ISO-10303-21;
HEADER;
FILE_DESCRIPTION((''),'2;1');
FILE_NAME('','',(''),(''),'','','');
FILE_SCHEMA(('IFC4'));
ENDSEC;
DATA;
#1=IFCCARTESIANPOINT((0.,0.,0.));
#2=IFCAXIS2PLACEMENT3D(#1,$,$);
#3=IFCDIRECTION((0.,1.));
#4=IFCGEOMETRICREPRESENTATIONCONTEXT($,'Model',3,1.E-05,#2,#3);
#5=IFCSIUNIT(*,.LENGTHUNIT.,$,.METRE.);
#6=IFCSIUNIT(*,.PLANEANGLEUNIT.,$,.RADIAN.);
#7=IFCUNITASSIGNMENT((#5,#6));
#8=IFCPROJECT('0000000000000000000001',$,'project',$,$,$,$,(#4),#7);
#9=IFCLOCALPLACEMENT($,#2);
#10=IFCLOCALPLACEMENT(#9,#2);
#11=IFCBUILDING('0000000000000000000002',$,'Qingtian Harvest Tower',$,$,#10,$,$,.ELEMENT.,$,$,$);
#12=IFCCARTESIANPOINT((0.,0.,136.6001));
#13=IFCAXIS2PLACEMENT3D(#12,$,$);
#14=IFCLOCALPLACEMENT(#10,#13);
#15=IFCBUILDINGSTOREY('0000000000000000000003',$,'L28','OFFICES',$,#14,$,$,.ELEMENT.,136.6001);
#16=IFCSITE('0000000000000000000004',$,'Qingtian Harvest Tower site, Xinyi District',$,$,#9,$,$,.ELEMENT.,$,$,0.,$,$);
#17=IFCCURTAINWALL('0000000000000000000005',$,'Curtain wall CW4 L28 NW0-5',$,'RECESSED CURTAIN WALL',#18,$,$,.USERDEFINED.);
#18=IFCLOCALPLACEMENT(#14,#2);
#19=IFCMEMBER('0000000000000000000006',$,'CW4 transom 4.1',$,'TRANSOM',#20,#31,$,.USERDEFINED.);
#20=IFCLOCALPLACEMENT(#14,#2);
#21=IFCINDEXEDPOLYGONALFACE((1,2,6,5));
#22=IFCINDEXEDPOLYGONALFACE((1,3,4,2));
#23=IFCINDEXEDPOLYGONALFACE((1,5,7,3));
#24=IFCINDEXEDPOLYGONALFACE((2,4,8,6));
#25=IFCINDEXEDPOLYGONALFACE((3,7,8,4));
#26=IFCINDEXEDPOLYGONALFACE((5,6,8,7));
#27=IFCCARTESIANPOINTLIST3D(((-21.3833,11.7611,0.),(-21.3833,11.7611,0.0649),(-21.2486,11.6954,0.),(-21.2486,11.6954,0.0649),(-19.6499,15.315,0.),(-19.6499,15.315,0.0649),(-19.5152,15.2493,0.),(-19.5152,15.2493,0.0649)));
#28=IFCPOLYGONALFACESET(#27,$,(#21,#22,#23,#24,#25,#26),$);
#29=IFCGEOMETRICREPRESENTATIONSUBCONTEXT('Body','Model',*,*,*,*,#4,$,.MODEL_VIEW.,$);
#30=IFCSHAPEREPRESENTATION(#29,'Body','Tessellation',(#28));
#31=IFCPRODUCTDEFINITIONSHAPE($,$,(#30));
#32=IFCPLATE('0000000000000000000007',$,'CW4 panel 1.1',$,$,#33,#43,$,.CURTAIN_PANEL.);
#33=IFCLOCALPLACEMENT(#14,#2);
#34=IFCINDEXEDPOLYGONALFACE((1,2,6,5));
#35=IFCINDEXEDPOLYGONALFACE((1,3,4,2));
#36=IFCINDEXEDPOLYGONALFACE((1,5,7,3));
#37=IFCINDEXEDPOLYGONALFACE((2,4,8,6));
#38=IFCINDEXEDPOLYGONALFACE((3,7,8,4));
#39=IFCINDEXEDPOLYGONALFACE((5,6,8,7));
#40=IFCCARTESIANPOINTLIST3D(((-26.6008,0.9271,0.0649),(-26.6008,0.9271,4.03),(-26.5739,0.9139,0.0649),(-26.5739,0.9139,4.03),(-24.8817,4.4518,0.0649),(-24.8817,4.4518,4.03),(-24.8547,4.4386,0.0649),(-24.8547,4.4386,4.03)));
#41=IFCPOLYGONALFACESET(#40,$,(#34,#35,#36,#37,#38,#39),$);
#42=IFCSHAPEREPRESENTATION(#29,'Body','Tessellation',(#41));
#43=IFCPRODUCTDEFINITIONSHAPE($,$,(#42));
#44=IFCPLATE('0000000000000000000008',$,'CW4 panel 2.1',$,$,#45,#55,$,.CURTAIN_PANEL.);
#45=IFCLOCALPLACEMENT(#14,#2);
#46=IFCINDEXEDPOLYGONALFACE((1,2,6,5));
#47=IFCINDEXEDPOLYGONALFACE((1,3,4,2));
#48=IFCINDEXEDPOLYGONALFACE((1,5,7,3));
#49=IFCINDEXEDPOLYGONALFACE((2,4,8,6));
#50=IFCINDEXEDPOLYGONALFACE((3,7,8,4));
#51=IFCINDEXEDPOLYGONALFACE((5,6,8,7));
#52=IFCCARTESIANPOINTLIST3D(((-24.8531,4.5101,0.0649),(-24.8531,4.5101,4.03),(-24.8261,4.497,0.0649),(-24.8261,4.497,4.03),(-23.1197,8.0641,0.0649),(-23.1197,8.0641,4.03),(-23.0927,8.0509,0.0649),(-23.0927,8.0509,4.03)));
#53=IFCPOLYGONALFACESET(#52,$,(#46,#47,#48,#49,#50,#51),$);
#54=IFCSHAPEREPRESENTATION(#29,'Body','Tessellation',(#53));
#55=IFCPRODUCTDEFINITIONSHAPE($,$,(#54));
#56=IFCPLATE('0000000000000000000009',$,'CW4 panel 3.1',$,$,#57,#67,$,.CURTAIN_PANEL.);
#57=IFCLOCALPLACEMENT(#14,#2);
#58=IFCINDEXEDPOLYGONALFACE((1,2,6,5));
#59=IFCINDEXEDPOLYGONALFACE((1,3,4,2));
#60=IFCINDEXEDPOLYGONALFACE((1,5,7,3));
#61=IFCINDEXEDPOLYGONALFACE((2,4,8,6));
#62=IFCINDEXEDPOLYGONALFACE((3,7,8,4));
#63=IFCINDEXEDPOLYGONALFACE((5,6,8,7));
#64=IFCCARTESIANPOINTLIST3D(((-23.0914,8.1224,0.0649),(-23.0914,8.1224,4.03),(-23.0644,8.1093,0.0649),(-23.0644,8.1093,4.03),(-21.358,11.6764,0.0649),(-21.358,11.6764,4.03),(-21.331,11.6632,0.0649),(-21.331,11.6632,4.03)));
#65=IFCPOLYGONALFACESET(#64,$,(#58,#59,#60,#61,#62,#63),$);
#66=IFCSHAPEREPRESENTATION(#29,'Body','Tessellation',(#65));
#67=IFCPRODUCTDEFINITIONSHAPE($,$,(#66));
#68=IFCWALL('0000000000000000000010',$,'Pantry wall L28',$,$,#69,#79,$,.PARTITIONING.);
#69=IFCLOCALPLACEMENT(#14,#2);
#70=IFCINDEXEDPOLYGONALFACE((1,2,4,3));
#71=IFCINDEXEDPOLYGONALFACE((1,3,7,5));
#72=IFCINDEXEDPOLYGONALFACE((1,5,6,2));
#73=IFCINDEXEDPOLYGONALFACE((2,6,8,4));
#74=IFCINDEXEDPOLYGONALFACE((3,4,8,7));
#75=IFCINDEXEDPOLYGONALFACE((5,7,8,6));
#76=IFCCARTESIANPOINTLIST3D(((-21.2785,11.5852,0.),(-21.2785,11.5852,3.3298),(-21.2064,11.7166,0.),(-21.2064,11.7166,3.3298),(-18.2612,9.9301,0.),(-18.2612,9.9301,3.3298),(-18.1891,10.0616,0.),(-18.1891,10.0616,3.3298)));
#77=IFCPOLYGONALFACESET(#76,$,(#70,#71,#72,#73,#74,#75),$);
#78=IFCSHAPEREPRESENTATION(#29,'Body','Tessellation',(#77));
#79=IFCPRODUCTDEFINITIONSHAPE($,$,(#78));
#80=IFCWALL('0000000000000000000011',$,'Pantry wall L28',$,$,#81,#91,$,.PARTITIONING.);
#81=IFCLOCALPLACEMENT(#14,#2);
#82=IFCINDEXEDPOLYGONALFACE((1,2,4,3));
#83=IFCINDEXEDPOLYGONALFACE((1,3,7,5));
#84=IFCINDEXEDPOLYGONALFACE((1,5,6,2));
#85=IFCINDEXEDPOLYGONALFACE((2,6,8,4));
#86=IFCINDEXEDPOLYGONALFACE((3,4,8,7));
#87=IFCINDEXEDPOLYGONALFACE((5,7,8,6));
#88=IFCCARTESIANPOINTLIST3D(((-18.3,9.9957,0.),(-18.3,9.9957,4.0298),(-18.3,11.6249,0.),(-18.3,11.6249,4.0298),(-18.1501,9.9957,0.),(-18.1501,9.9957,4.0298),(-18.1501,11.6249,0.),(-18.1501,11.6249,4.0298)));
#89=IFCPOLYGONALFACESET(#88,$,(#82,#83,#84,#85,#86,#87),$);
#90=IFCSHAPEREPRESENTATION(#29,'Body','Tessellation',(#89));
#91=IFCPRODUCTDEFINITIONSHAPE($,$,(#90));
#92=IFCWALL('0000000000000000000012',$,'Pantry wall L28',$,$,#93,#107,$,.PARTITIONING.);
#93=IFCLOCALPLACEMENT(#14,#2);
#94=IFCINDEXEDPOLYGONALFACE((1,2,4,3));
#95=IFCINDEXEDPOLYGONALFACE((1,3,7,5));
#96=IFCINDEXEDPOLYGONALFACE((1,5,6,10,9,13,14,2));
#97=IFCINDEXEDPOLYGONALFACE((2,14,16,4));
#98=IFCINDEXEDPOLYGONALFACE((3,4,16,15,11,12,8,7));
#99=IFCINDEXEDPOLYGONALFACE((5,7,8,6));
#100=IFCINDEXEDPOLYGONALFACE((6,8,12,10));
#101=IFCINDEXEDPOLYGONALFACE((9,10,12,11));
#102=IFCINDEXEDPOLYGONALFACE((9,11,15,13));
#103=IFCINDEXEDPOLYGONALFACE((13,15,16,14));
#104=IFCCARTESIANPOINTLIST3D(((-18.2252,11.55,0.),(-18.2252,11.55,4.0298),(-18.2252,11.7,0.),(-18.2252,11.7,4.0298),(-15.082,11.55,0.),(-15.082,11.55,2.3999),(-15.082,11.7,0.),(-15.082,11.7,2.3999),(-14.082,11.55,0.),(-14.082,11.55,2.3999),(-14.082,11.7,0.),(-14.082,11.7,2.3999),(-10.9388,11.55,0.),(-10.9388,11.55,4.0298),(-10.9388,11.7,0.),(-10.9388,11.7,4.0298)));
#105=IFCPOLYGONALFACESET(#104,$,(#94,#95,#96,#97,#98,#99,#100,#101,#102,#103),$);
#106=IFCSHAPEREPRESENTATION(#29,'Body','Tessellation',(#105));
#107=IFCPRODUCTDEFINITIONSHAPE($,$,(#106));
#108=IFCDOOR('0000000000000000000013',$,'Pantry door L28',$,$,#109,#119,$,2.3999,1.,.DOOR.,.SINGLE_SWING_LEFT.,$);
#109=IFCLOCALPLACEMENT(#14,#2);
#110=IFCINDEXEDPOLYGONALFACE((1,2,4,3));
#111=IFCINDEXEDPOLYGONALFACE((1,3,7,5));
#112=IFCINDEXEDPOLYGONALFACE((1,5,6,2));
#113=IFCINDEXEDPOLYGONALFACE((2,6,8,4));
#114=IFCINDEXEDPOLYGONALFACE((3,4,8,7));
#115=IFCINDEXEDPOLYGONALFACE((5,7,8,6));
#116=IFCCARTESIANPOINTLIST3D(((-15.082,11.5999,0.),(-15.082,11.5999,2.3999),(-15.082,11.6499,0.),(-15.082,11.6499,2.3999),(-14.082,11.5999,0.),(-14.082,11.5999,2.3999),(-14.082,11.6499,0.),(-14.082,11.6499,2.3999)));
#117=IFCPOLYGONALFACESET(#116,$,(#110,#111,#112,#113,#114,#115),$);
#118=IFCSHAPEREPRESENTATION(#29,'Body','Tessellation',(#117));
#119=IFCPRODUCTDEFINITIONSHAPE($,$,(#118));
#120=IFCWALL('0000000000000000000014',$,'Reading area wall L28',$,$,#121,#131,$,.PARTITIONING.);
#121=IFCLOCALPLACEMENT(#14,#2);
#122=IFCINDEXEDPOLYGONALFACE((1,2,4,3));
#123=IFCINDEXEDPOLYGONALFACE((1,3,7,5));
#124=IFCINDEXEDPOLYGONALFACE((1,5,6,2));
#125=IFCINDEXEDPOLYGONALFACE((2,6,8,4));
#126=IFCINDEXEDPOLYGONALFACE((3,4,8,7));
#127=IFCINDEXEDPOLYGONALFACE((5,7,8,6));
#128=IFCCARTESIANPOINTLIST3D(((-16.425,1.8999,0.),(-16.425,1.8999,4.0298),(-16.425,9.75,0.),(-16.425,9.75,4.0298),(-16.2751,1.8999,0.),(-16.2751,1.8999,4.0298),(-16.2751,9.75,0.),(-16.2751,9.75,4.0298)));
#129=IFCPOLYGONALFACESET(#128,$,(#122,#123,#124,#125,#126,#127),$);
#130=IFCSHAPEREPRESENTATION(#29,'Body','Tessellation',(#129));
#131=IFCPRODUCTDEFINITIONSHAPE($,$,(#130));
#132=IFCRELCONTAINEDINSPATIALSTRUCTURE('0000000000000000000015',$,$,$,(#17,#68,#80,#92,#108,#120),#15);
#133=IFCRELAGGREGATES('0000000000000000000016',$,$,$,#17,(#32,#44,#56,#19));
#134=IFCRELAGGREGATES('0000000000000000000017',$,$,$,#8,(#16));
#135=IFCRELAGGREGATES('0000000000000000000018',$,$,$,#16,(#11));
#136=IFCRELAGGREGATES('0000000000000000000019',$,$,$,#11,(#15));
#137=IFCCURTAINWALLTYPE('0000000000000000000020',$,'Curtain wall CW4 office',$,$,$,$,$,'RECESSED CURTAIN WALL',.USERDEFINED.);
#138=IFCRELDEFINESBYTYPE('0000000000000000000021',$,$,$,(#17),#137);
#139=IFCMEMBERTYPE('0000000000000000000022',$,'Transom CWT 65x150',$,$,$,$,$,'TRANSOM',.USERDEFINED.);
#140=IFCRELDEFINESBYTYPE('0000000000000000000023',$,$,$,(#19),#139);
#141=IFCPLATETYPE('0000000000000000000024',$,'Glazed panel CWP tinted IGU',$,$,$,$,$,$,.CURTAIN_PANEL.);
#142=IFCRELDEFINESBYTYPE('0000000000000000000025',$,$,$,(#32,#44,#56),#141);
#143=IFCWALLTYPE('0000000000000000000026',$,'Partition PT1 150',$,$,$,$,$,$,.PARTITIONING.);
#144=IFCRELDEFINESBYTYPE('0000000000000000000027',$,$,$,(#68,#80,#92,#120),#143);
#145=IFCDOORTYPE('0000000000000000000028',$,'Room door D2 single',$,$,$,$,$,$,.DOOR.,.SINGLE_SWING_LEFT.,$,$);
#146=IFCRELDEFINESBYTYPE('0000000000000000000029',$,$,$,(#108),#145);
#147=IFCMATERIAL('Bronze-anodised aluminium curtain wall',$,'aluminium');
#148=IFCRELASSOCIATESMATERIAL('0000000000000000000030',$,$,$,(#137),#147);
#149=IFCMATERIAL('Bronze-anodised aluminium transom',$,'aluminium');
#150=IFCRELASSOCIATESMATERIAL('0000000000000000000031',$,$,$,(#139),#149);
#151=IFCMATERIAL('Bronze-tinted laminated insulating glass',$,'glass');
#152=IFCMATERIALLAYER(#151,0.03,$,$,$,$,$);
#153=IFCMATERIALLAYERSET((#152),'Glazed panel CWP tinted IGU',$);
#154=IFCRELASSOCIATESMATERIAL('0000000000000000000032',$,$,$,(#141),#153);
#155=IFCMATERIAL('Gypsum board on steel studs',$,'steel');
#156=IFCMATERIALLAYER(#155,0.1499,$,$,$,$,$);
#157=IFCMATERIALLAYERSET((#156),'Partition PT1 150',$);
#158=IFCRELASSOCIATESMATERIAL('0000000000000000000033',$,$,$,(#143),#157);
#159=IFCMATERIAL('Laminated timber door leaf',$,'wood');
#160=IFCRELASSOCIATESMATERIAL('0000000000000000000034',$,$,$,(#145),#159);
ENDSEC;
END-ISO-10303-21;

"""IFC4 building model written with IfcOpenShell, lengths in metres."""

from ifc_helpers import new_model, si_unit, direction, frame, frame_2d, origin, origin_2d, place, context, subcontext, project, spatial, rectangle, extrude, material, layer, layer_set, material_profile, profile_set, type_object, element, fill, aggregate, save


model = new_model("IFC4")

# Units and contexts
model_context = context("Model", 3, precision=1e-05, world=origin(), true_north=direction((0.0, 1.0)))
body_context = subcontext(model_context, "Body", "Model", "MODEL_VIEW")
ifc_project = project(units=[si_unit("LENGTHUNIT", "METRE"), si_unit("PLANEANGLEUNIT", "RADIAN")], contexts=[model_context])

# Site, building, storey
site_placement = place(None, origin())
site = spatial("IfcSite", under=ifc_project, at=site_placement, Name="Qingtian Harvest Tower site, Xinyi District", CompositionType="ELEMENT", RefElevation=0.0)
building_placement = place(site_placement, origin())
building = spatial("IfcBuilding", under=site, at=building_placement, Name="Qingtian Harvest Tower", CompositionType="ELEMENT")
storey_placement = place(building_placement, frame((0.0, 0.0, 136.6001)))
storey = spatial("IfcBuildingStorey", under=building, at=storey_placement, Name="L28", Description="OFFICES", CompositionType="ELEMENT", Elevation=136.6001)

# Shared definitions
ifc_material_1 = material(Name="Bronze-anodised aluminium curtain wall", Category="aluminium")
curtain_wall_type = type_object("IfcCurtainWallType", Name="Curtain wall CW4 office", ElementType="RECESSED CURTAIN WALL", PredefinedType="USERDEFINED", material=ifc_material_1)

# Curtain wall
curtain_wall_1_placement = place(storey_placement, origin())
curtain_wall_1 = element("IfcCurtainWall", 1, at=curtain_wall_1_placement, inside=storey, type_object=curtain_wall_type, Name="Curtain wall CW4 L28 NW0-5", ObjectType="RECESSED CURTAIN WALL", PredefinedType="USERDEFINED")

# Member
ifc_material_2 = material(Name="Bronze-anodised aluminium transom", Category="aluminium")
ifc_material_profile_1 = material_profile(ifc_material_2, rectangle(XDim=0.1499, YDim=0.0649, at=origin_2d()), Name="AL 65x150")
ifc_profile_set_1 = profile_set([ifc_material_profile_1], Name="Bronze-anodised aluminium transom")
member_type_1 = type_object("IfcMemberType", Name="Transom CWT 65x150", ElementType="TRANSOM", PredefinedType="USERDEFINED", material=ifc_profile_set_1)
member_1_placement = place(storey_placement, frame((-21.3159, 11.7283, 0.0325), z_axis=(0.438375, 0.898792, 0.0), x_axis=(-0.898792, 0.438375, 0.0)))
member_1 = element("IfcMember", 2, at=member_1_placement, type_object=member_type_1, Name="CW4 transom 4.1", ObjectType="TRANSOM", PredefinedType="USERDEFINED", context=body_context, shape_type="SweptSolid", body=[
    extrude(rectangle(XDim=0.1499, YDim=0.0649, at=origin_2d()), origin(), (0.0, 0.0, 1.0), 3.9541),
])

# Plates
ifc_material_3 = material(Name="Bronze-tinted laminated insulating glass", Category="glass")
ifc_layer_1 = layer(ifc_material_3, 0.03)
ifc_layer_set_1 = layer_set([ifc_layer_1], Name="Glazed panel CWP tinted IGU")
plate_type = type_object("IfcPlateType", Name="Glazed panel CWP tinted IGU", PredefinedType="CURTAIN_PANEL", material=ifc_layer_set_1)
plate_1_placement = place(storey_placement, frame((-25.7278, 2.6829, 0.0649), z_axis=(0.0, 0.0, 1.0), x_axis=(0.438371, 0.898794, 0.0)))
plate_1 = element("IfcPlate", 3, at=plate_1_placement, type_object=plate_type, Name="CW4 panel 1.1", PredefinedType="CURTAIN_PANEL", context=body_context, shape_type="SweptSolid", body=[
    extrude(rectangle(XDim=3.9216, YDim=0.03, at=origin_2d()), origin(), (0.0, 0.0, 1.0), 3.9651),
])
plate_2_placement = place(storey_placement, frame((-23.9729, 6.2805, 0.0649), z_axis=(0.0, 0.0, 1.0), x_axis=(0.438371, 0.898794, 0.0)))
plate_2 = element("IfcPlate", 4, at=plate_2_placement, type_object=plate_type, Name="CW4 panel 2.1", PredefinedType="CURTAIN_PANEL", context=body_context, shape_type="SweptSolid", body=[
    extrude(rectangle(XDim=3.9541, YDim=0.03, at=origin_2d()), origin(), (0.0, 0.0, 1.0), 3.9651),
])
plate_3_placement = place(storey_placement, frame((-22.2112, 9.8928, 0.0649), z_axis=(0.0, 0.0, 1.0), x_axis=(0.438371, 0.898794, 0.0)))
plate_3 = element("IfcPlate", 5, at=plate_3_placement, type_object=plate_type, Name="CW4 panel 3.1", PredefinedType="CURTAIN_PANEL", context=body_context, shape_type="SweptSolid", body=[
    extrude(rectangle(XDim=3.9541, YDim=0.03, at=origin_2d()), origin(), (0.0, 0.0, 1.0), 3.9651),
])
aggregate(curtain_wall_1, [plate_1, plate_2, plate_3, member_1])

# Walls
ifc_material_4 = material(Name="Gypsum board on steel studs", Category="steel")
ifc_layer_2 = layer(ifc_material_4, 0.1499)
ifc_layer_set_2 = layer_set([ifc_layer_2], Name="Partition PT1 150")
wall_type = type_object("IfcWallType", Name="Partition PT1 150", PredefinedType="PARTITIONING", material=ifc_layer_set_2)
wall_1_placement = place(storey_placement, frame((-21.2424, 11.6509, 0.0), z_axis=(0.0, 0.0, 1.0), x_axis=(0.876768, -0.480914, 0.0)))
element("IfcWall", 6, at=wall_1_placement, inside=storey, type_object=wall_type, Name="Pantry wall L28", PredefinedType="PARTITIONING", context=body_context, shape_type="SweptSolid", body=[
    extrude(rectangle(XDim=3.4414, YDim=0.1499, at=frame_2d((1.7207, 0.0))), origin(), (0.0, 0.0, 1.0), 3.3298),
])
wall_2_placement = place(storey_placement, frame((-18.2251, 9.9958, 0.0), z_axis=(0.0, 0.0, 1.0), x_axis=(0.0, 1.0, 0.0)))
element("IfcWall", 7, at=wall_2_placement, inside=storey, type_object=wall_type, Name="Pantry wall L28", PredefinedType="PARTITIONING", context=body_context, shape_type="SweptSolid", body=[
    extrude(rectangle(XDim=1.6292, YDim=0.1499, at=frame_2d((0.8145, 0.0))), origin(), (0.0, 0.0, 1.0), 4.0298),
])

# Wall, opening, door
wall_3_placement = place(storey_placement, frame((-18.2251, 11.625, 0.0), z_axis=(0.0, 0.0, 1.0), x_axis=(1.0, 0.0, 0.0)))
wall_3 = element("IfcWall", 8, at=wall_3_placement, inside=storey, type_object=wall_type, Name="Pantry wall L28", PredefinedType="PARTITIONING", context=body_context, shape_type="SweptSolid", body=[
    extrude(rectangle(XDim=7.2864, YDim=0.1499, at=frame_2d((3.6431, 0.0))), origin(), (0.0, 0.0, 1.0), 4.0298),
])
opening_placement = place(wall_3_placement, frame((3.1431, 0.0, 0.0)))
opening = element("IfcOpeningElement", 9, at=opening_placement, cuts=wall_3, PredefinedType="OPENING", context=body_context, shape_type="SweptSolid", body=[
    extrude(rectangle(XDim=1.0, YDim=2.3999, at=frame_2d((0.5, 1.2))), frame((0.0, 0.085, 0.0), z_axis=(0.0, -1.0, 0.0), x_axis=(1.0, 0.0, 0.0)), (0.0, 0.0, 1.0), 0.1699),
])
ifc_material_5 = material(Name="Laminated timber door leaf", Category="wood")
door_type = type_object("IfcDoorType", Name="Room door D2 single", OperationType="SINGLE_SWING_LEFT", PredefinedType="DOOR", material=ifc_material_5)
door_placement = place(opening_placement, origin())
door = element("IfcDoor", 10, at=door_placement, inside=storey, type_object=door_type, Name="Pantry door L28", OperationType="SINGLE_SWING_LEFT", OverallHeight=2.3999, OverallWidth=1.0, PredefinedType="DOOR", context=body_context, shape_type="SweptSolid", body=[
    extrude(rectangle(XDim=1.0, YDim=2.3999, at=frame_2d((0.5, 1.2))), frame((0.0, 0.0249, 0.0), z_axis=(0.0, -1.0, 0.0), x_axis=(1.0, 0.0, 0.0)), (0.0, 0.0, 1.0), 0.05),
])
fill(opening, door)

# Wall
wall_4_placement = place(storey_placement, frame((-16.3501, 1.8999, 0.0), z_axis=(0.0, 0.0, 1.0), x_axis=(0.0, 1.0, 0.0)))
element("IfcWall", 11, at=wall_4_placement, inside=storey, type_object=wall_type, Name="Reading area wall L28", PredefinedType="PARTITIONING", context=body_context, shape_type="SweptSolid", body=[
    extrude(rectangle(XDim=7.8501, YDim=0.1499, at=frame_2d((3.925, 0.0))), origin(), (0.0, 0.0, 1.0), 4.0298),
])

save(model, "model.ifc")
